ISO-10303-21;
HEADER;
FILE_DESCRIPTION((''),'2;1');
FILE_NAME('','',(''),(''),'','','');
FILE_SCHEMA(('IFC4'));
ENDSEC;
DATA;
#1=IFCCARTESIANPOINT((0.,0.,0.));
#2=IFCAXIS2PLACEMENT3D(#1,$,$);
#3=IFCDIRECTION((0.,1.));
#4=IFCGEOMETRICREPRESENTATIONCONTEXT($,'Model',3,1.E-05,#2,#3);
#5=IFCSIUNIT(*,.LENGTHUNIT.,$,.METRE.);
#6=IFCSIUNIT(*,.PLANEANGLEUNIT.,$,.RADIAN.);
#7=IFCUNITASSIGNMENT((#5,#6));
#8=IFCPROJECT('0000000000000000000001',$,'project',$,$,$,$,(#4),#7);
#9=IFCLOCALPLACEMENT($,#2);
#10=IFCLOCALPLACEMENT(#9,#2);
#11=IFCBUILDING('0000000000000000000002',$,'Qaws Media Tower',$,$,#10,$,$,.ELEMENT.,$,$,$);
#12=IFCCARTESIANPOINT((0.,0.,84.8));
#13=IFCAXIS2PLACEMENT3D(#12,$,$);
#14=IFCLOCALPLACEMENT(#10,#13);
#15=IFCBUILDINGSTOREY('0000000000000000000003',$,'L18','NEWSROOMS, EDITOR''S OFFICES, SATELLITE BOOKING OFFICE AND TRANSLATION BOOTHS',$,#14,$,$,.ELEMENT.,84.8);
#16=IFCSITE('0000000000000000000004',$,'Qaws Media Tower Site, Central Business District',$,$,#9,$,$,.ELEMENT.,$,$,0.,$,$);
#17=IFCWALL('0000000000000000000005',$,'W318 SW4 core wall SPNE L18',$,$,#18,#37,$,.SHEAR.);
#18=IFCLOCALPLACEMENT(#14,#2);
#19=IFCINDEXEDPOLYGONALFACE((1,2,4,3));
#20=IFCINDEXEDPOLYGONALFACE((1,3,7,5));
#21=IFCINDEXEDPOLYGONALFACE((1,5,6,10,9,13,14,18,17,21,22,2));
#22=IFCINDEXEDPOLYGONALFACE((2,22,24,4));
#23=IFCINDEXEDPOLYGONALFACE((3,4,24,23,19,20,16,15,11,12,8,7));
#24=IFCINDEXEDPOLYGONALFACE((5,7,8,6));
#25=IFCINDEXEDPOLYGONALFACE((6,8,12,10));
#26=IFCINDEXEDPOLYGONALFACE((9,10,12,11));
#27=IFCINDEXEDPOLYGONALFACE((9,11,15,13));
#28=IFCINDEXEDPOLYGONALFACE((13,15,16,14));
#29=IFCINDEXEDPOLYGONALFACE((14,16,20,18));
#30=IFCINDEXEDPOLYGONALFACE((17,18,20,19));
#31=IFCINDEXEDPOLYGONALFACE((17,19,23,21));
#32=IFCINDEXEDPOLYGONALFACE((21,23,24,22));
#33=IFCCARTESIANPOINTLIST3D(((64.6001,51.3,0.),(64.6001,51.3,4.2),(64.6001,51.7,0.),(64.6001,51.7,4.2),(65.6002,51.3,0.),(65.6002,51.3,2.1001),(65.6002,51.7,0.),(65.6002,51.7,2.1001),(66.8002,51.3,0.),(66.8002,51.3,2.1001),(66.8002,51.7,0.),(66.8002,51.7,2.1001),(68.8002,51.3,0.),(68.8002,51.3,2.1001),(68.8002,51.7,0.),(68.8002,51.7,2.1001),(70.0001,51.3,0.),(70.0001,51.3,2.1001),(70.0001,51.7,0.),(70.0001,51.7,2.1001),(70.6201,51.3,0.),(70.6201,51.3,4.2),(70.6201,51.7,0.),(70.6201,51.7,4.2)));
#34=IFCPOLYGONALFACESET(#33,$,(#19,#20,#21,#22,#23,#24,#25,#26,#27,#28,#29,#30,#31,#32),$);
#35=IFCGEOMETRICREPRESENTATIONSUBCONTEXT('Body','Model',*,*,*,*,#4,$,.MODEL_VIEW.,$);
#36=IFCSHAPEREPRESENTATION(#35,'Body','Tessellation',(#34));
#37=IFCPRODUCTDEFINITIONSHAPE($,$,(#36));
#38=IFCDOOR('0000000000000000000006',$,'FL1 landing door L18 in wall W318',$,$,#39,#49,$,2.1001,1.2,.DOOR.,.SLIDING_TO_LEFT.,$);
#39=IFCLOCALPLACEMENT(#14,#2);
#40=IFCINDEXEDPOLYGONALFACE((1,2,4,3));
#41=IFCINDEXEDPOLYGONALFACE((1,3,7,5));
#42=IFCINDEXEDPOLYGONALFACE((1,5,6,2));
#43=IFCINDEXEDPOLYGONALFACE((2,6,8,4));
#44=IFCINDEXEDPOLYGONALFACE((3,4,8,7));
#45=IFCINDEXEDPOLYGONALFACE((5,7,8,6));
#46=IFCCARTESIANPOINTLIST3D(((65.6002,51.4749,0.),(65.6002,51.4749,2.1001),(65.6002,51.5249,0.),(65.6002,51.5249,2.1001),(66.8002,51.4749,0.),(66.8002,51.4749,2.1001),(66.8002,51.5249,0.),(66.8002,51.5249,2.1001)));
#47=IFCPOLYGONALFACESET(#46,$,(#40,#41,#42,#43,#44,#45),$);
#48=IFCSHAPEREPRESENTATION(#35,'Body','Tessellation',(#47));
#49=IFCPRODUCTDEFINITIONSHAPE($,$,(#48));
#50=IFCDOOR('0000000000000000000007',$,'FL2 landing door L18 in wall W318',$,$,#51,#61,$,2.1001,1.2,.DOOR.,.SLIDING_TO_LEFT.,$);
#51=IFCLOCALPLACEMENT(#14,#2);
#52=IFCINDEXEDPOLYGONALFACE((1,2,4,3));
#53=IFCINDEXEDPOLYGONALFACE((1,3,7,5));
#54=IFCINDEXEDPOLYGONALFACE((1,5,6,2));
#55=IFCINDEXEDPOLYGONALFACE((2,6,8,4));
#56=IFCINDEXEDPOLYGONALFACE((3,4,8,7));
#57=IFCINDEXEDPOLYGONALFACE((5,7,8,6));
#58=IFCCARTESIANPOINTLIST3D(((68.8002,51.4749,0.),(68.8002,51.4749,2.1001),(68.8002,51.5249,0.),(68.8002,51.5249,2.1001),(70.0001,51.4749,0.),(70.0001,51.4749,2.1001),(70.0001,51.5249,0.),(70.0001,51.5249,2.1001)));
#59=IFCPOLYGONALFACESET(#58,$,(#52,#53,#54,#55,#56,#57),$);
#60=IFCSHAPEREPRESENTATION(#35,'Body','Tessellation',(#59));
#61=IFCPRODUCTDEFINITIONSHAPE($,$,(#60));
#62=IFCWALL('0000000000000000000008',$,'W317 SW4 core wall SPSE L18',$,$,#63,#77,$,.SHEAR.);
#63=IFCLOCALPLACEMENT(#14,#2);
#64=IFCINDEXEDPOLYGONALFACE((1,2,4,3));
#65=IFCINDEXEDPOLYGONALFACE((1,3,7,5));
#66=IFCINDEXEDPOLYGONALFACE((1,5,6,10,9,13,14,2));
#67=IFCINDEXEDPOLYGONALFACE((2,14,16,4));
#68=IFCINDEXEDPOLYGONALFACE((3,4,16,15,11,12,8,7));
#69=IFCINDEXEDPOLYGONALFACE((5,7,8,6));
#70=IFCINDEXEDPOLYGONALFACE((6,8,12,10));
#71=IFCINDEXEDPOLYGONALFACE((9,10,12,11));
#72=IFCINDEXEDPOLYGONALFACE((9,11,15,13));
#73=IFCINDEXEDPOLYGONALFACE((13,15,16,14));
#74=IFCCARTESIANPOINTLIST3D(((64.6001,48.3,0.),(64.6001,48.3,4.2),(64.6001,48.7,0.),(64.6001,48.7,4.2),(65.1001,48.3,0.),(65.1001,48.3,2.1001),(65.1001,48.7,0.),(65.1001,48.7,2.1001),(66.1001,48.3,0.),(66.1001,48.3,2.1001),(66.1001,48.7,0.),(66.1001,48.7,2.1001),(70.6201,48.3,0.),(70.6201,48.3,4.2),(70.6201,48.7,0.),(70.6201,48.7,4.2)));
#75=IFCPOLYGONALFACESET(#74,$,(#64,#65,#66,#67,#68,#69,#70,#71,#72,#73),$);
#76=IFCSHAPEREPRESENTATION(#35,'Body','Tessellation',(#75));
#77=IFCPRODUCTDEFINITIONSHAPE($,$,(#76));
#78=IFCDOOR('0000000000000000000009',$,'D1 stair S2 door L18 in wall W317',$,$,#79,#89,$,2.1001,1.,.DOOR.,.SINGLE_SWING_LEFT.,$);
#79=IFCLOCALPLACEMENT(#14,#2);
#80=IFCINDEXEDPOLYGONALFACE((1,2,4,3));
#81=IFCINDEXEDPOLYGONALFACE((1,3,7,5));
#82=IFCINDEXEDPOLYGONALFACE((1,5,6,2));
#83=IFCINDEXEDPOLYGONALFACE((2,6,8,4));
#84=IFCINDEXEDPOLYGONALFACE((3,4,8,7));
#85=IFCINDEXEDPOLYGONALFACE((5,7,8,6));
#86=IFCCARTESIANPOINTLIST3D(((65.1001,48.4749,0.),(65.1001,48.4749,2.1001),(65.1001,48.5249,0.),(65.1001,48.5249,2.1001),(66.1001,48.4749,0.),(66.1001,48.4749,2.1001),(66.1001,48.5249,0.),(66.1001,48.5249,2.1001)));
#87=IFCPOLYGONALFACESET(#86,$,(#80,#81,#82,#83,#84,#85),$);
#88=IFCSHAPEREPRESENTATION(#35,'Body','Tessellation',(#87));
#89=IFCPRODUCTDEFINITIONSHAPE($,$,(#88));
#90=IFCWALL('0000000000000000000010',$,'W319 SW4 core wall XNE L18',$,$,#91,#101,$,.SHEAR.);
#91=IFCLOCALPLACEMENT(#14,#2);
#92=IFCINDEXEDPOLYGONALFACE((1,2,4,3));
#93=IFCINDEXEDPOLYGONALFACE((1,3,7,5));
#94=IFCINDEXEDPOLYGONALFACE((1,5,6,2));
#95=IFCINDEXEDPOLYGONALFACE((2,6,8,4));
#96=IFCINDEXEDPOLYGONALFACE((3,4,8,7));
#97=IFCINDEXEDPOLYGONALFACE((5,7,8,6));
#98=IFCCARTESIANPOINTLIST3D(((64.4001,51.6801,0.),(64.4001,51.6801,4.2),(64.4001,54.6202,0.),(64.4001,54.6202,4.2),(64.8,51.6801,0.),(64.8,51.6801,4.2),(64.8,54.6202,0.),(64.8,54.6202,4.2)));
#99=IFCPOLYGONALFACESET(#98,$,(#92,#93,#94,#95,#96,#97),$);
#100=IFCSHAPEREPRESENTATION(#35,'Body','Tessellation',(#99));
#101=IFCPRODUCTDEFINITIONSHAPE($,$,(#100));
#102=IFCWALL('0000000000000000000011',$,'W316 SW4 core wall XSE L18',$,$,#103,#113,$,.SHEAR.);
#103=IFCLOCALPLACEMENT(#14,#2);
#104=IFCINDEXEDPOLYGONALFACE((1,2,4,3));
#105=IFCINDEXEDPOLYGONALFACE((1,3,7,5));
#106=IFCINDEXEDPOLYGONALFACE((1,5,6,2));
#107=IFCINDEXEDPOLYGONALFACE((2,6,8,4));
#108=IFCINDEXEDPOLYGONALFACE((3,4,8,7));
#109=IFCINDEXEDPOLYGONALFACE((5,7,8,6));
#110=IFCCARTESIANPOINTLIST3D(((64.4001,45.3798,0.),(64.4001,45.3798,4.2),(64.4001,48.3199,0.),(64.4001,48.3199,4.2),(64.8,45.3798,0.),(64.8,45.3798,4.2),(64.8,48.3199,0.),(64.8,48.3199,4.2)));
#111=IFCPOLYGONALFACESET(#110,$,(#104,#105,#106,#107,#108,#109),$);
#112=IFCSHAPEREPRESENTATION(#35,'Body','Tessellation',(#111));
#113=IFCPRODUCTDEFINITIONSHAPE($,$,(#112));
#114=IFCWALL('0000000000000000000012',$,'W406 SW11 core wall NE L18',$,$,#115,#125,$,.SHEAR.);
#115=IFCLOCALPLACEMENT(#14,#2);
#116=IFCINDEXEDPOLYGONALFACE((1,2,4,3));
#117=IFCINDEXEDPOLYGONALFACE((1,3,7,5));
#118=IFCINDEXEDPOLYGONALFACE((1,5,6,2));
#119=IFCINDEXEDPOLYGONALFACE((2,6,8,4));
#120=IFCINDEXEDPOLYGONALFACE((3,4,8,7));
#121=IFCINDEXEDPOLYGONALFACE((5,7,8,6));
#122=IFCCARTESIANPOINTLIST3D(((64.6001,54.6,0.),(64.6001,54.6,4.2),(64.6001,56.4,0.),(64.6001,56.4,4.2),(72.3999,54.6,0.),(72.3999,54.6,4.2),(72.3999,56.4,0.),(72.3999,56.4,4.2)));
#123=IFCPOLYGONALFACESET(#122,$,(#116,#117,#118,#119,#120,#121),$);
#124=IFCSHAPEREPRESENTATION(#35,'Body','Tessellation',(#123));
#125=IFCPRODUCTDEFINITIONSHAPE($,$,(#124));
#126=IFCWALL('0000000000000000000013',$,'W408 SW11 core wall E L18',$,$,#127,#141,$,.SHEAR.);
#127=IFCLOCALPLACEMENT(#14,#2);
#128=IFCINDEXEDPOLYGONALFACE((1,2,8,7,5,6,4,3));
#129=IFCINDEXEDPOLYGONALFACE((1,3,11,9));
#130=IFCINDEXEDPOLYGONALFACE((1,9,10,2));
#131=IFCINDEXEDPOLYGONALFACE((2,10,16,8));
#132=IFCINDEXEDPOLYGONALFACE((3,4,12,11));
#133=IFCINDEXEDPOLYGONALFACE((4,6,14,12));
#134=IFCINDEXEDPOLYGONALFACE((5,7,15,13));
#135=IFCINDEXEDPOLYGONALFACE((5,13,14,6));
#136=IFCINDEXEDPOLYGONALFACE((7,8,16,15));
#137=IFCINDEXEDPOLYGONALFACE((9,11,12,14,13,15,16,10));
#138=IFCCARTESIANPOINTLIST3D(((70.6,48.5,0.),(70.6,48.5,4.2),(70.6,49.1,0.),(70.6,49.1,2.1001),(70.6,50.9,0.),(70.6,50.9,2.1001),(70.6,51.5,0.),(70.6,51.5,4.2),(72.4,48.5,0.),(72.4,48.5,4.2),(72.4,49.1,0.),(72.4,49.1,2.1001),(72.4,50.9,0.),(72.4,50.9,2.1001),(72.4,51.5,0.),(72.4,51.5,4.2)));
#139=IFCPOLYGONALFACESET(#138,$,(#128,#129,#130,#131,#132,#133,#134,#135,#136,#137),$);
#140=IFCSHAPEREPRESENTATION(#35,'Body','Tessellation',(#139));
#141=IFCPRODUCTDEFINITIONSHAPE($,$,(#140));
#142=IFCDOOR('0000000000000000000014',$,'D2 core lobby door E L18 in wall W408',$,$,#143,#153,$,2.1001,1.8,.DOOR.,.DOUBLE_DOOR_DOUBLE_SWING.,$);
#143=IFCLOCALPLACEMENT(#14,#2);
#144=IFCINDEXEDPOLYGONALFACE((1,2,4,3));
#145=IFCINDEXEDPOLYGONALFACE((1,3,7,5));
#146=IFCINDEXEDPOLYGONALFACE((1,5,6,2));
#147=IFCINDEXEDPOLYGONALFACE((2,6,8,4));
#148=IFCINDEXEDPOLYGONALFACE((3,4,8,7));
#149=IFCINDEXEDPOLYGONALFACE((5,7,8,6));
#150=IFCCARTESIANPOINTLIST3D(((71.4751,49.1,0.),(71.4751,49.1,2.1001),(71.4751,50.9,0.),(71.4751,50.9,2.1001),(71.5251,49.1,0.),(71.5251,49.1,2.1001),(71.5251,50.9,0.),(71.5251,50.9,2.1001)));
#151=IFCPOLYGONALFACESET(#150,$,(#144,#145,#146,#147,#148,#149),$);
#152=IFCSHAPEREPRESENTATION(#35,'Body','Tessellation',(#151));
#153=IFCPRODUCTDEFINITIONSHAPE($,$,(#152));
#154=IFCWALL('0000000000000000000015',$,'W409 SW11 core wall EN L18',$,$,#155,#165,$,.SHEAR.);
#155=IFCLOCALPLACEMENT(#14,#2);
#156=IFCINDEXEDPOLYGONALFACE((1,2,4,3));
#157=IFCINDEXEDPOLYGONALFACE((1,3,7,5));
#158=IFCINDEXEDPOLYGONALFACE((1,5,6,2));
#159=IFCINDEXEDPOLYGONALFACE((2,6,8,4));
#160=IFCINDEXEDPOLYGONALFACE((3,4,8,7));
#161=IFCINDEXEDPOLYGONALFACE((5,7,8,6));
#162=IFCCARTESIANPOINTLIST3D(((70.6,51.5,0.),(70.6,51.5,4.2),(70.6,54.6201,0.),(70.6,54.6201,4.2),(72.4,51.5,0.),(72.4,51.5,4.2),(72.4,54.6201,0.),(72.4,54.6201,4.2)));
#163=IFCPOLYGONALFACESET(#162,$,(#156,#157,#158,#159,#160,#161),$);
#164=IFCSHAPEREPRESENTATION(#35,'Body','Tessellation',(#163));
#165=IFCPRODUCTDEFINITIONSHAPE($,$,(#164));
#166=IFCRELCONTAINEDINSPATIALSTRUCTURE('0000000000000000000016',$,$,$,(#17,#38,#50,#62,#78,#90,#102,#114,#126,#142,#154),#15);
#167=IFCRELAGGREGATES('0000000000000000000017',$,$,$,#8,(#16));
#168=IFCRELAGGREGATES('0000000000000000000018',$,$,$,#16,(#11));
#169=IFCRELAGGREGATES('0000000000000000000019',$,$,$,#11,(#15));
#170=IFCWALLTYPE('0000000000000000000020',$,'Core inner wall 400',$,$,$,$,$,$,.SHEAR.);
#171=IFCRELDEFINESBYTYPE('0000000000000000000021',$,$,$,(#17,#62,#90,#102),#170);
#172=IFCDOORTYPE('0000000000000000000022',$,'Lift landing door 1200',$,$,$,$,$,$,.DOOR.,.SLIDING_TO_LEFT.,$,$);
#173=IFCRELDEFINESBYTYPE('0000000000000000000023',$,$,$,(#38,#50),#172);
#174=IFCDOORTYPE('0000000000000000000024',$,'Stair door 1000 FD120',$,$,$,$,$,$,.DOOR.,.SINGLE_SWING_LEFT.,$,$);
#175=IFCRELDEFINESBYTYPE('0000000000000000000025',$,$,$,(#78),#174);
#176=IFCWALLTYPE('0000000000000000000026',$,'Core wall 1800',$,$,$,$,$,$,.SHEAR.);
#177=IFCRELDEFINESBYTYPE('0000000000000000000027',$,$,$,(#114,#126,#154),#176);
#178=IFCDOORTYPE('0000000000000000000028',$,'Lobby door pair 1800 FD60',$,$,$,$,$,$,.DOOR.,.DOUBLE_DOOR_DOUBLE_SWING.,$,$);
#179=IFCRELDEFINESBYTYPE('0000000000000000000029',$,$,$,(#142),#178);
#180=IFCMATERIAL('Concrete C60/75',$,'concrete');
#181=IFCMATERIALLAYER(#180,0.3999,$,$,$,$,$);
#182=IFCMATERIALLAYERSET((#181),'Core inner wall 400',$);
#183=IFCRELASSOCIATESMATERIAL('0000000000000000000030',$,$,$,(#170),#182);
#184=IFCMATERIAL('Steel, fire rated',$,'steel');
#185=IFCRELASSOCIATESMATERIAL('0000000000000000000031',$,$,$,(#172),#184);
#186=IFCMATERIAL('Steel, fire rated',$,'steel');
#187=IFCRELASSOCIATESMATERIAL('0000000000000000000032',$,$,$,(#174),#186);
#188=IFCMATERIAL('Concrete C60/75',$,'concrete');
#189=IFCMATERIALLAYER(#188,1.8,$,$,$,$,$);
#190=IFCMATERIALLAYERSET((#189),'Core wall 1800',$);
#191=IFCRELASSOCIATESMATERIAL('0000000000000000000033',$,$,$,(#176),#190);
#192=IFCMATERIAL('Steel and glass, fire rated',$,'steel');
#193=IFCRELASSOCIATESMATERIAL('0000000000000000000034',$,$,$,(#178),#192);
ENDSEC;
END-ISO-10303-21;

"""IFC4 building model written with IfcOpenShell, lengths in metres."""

from ifc_helpers import new_model, si_unit, direction, frame, frame_2d, origin, place, context, subcontext, project, spatial, rectangle, extrude, material, layer, layer_set, type_object, element, fill, save


model = new_model("IFC4")

# Units and contexts
model_context = context("Model", 3, precision=1e-05, world=origin(), true_north=direction((0.0, 1.0)))
body_context = subcontext(model_context, "Body", "Model", "MODEL_VIEW")
ifc_project = project(units=[si_unit("LENGTHUNIT", "METRE"), si_unit("PLANEANGLEUNIT", "RADIAN")], contexts=[model_context])

# Site, building, storey
site_placement = place(None, origin())
site = spatial("IfcSite", under=ifc_project, at=site_placement, Name="Qaws Media Tower Site, Central Business District", CompositionType="ELEMENT", RefElevation=0.0)
building_placement = place(site_placement, origin())
building = spatial("IfcBuilding", under=site, at=building_placement, Name="Qaws Media Tower", CompositionType="ELEMENT")
storey_placement = place(building_placement, frame((0.0, 0.0, 84.8)))
storey = spatial("IfcBuildingStorey", under=building, at=storey_placement, Name="L18", Description="NEWSROOMS, EDITOR'S OFFICES, SATELLITE BOOKING OFFICE AND TRANSLATION BOOTHS", CompositionType="ELEMENT", Elevation=84.8)

# Wall, openings, doors
ifc_material_1 = material(Name="Concrete C60/75", Category="concrete")
ifc_layer_1 = layer(ifc_material_1, 0.3999)
ifc_layer_set_1 = layer_set([ifc_layer_1], Name="Core inner wall 400")
wall_type_1 = type_object("IfcWallType", Name="Core inner wall 400", PredefinedType="SHEAR", material=ifc_layer_set_1)
wall_1_placement = place(storey_placement, frame((64.6001, 51.5, 0.0), z_axis=(0.0, 0.0, 1.0), x_axis=(1.0, 0.0, 0.0)))
wall_1 = element("IfcWall", 1, at=wall_1_placement, inside=storey, type_object=wall_type_1, Name="W318 SW4 core wall SPNE L18", PredefinedType="SHEAR", context=body_context, shape_type="SweptSolid", body=[
    extrude(rectangle(XDim=6.02, YDim=0.3999, at=frame_2d((3.01, 0.0))), origin(), (0.0, 0.0, 1.0), 4.2),
])
opening_1_placement = place(wall_1_placement, frame((1.0, 0.0, 0.0)))
opening_1 = element("IfcOpeningElement", 2, at=opening_1_placement, cuts=wall_1, PredefinedType="OPENING", context=body_context, shape_type="SweptSolid", body=[
    extrude(rectangle(XDim=1.2, YDim=2.1001, at=frame_2d((0.6001, 1.05))), frame((0.0, 0.21, 0.0), z_axis=(0.0, -1.0, 0.0), x_axis=(1.0, 0.0, 0.0)), (0.0, 0.0, 1.0), 0.4199),
])
opening_2_placement = place(wall_1_placement, frame((4.2, 0.0, 0.0)))
opening_2 = element("IfcOpeningElement", 3, at=opening_2_placement, cuts=wall_1, PredefinedType="OPENING", context=body_context, shape_type="SweptSolid", body=[
    extrude(rectangle(XDim=1.2, YDim=2.1001, at=frame_2d((0.6001, 1.05))), frame((0.0, 0.21, 0.0), z_axis=(0.0, -1.0, 0.0), x_axis=(1.0, 0.0, 0.0)), (0.0, 0.0, 1.0), 0.4199),
])
ifc_material_2 = material(Name="Steel, fire rated", Category="steel")
door_type_1 = type_object("IfcDoorType", Name="Lift landing door 1200", OperationType="SLIDING_TO_LEFT", PredefinedType="DOOR", material=ifc_material_2)
door_1_placement = place(opening_1_placement, origin())
door_1 = element("IfcDoor", 4, at=door_1_placement, inside=storey, type_object=door_type_1, Name="FL1 landing door L18 in wall W318", OperationType="SLIDING_TO_LEFT", OverallHeight=2.1001, OverallWidth=1.2, PredefinedType="DOOR", context=body_context, shape_type="SweptSolid", body=[
    extrude(rectangle(XDim=1.2, YDim=2.1001, at=frame_2d((0.6001, 1.05))), frame((0.0, 0.0249, 0.0), z_axis=(0.0, -1.0, 0.0), x_axis=(1.0, 0.0, 0.0)), (0.0, 0.0, 1.0), 0.05),
])
fill(opening_1, door_1)
door_2_placement = place(opening_2_placement, origin())
door_2 = element("IfcDoor", 5, at=door_2_placement, inside=storey, type_object=door_type_1, Name="FL2 landing door L18 in wall W318", OperationType="SLIDING_TO_LEFT", OverallHeight=2.1001, OverallWidth=1.2, PredefinedType="DOOR", context=body_context, shape_type="SweptSolid", body=[
    extrude(rectangle(XDim=1.2, YDim=2.1001, at=frame_2d((0.6001, 1.05))), frame((0.0, 0.0249, 0.0), z_axis=(0.0, -1.0, 0.0), x_axis=(1.0, 0.0, 0.0)), (0.0, 0.0, 1.0), 0.05),
])
fill(opening_2, door_2)

# Wall, opening, door
wall_2_placement = place(storey_placement, frame((64.6001, 48.5, 0.0), z_axis=(0.0, 0.0, 1.0), x_axis=(1.0, 0.0, 0.0)))
wall_2 = element("IfcWall", 6, at=wall_2_placement, inside=storey, type_object=wall_type_1, Name="W317 SW4 core wall SPSE L18", PredefinedType="SHEAR", context=body_context, shape_type="SweptSolid", body=[
    extrude(rectangle(XDim=6.02, YDim=0.3999, at=frame_2d((3.01, 0.0))), origin(), (0.0, 0.0, 1.0), 4.2),
])
opening_3_placement = place(wall_2_placement, frame((0.5, 0.0, 0.0)))
opening_3 = element("IfcOpeningElement", 7, at=opening_3_placement, cuts=wall_2, PredefinedType="OPENING", context=body_context, shape_type="SweptSolid", body=[
    extrude(rectangle(XDim=1.0, YDim=2.1001, at=frame_2d((0.5, 1.05))), frame((0.0, 0.21, 0.0), z_axis=(0.0, -1.0, 0.0), x_axis=(1.0, 0.0, 0.0)), (0.0, 0.0, 1.0), 0.4199),
])
ifc_material_3 = material(Name="Steel, fire rated", Category="steel")
door_type_2 = type_object("IfcDoorType", Name="Stair door 1000 FD120", OperationType="SINGLE_SWING_LEFT", PredefinedType="DOOR", material=ifc_material_3)
door_3_placement = place(opening_3_placement, origin())
door_3 = element("IfcDoor", 8, at=door_3_placement, inside=storey, type_object=door_type_2, Name="D1 stair S2 door L18 in wall W317", OperationType="SINGLE_SWING_LEFT", OverallHeight=2.1001, OverallWidth=1.0, PredefinedType="DOOR", context=body_context, shape_type="SweptSolid", body=[
    extrude(rectangle(XDim=1.0, YDim=2.1001, at=frame_2d((0.5, 1.05))), frame((0.0, 0.0249, 0.0), z_axis=(0.0, -1.0, 0.0), x_axis=(1.0, 0.0, 0.0)), (0.0, 0.0, 1.0), 0.05),
])
fill(opening_3, door_3)

# Walls
for number, where, z_axis, x_axis, name in (
    (9, (64.6001, 51.6799, 0.0), (0.0, 0.0, 1.0), (0.0, 1.0, 0.0), "W319 SW4 core wall XNE L18"),
    (10, (64.6001, 48.3201, 0.0), (0.0, 0.0, 1.0), (0.0, -1.0, 0.0), "W316 SW4 core wall XSE L18"),
):
    element("IfcWall", number, at=place(storey_placement, frame(where, z_axis=z_axis, x_axis=x_axis)), inside=storey, type_object=wall_type_1, Name=name, PredefinedType="SHEAR", context=body_context, shape_type="SweptSolid", body=[
        extrude(rectangle(XDim=2.9402, YDim=0.3999, at=frame_2d((1.4702, 0.0))), origin(), (0.0, 0.0, 1.0), 4.2),
    ])
ifc_material_4 = material(Name="Concrete C60/75", Category="concrete")
ifc_layer_2 = layer(ifc_material_4, 1.8)
ifc_layer_set_2 = layer_set([ifc_layer_2], Name="Core wall 1800")
wall_type_2 = type_object("IfcWallType", Name="Core wall 1800", PredefinedType="SHEAR", material=ifc_layer_set_2)
wall_3_placement = place(storey_placement, frame((64.6001, 55.5, 0.0), z_axis=(0.0, 0.0, 1.0), x_axis=(1.0, 0.0, 0.0)))
element("IfcWall", 11, at=wall_3_placement, inside=storey, type_object=wall_type_2, Name="W406 SW11 core wall NE L18", PredefinedType="SHEAR", context=body_context, shape_type="SweptSolid", body=[
    extrude(rectangle(XDim=7.7998, YDim=1.8, at=frame_2d((3.8999, 0.0))), origin(), (0.0, 0.0, 1.0), 4.2),
])

# Wall, opening, door
wall_4_placement = place(storey_placement, frame((71.5, 48.5, 0.0), z_axis=(0.0, 0.0, 1.0), x_axis=(0.0, 1.0, 0.0)))
wall_4 = element("IfcWall", 12, at=wall_4_placement, inside=storey, type_object=wall_type_2, Name="W408 SW11 core wall E L18", PredefinedType="SHEAR", context=body_context, shape_type="SweptSolid", body=[
    extrude(rectangle(XDim=3.0, YDim=1.8, at=frame_2d((1.5, 0.0))), origin(), (0.0, 0.0, 1.0), 4.2),
])
opening_4_placement = place(wall_4_placement, frame((0.6001, 0.0, 0.0)))
opening_4 = element("IfcOpeningElement", 13, at=opening_4_placement, cuts=wall_4, PredefinedType="OPENING", context=body_context, shape_type="SweptSolid", body=[
    extrude(rectangle(XDim=1.8, YDim=2.1001, at=frame_2d((0.8999, 1.05))), frame((0.0, 0.9099, 0.0), z_axis=(0.0, -1.0, 0.0), x_axis=(1.0, 0.0, 0.0)), (0.0, 0.0, 1.0), 1.8201),
])
ifc_material_5 = material(Name="Steel and glass, fire rated", Category="steel")
door_type_3 = type_object("IfcDoorType", Name="Lobby door pair 1800 FD60", OperationType="DOUBLE_DOOR_DOUBLE_SWING", PredefinedType="DOOR", material=ifc_material_5)
door_4_placement = place(opening_4_placement, origin())
door_4 = element("IfcDoor", 14, at=door_4_placement, inside=storey, type_object=door_type_3, Name="D2 core lobby door E L18 in wall W408", OperationType="DOUBLE_DOOR_DOUBLE_SWING", OverallHeight=2.1001, OverallWidth=1.8, PredefinedType="DOOR", context=body_context, shape_type="SweptSolid", body=[
    extrude(rectangle(XDim=1.8, YDim=2.1001, at=frame_2d((0.8999, 1.05))), frame((0.0, 0.0249, 0.0), z_axis=(0.0, -1.0, 0.0), x_axis=(1.0, 0.0, 0.0)), (0.0, 0.0, 1.0), 0.05),
])
fill(opening_4, door_4)

# Wall
wall_5_placement = place(storey_placement, frame((71.5, 51.5, 0.0), z_axis=(0.0, 0.0, 1.0), x_axis=(0.0, 1.0, 0.0)))
element("IfcWall", 15, at=wall_5_placement, inside=storey, type_object=wall_type_2, Name="W409 SW11 core wall EN L18", PredefinedType="SHEAR", context=body_context, shape_type="SweptSolid", body=[
    extrude(rectangle(XDim=3.1201, YDim=1.8, at=frame_2d((1.5601, 0.0))), origin(), (0.0, 0.0, 1.0), 4.2),
])

save(model, "model.ifc")
